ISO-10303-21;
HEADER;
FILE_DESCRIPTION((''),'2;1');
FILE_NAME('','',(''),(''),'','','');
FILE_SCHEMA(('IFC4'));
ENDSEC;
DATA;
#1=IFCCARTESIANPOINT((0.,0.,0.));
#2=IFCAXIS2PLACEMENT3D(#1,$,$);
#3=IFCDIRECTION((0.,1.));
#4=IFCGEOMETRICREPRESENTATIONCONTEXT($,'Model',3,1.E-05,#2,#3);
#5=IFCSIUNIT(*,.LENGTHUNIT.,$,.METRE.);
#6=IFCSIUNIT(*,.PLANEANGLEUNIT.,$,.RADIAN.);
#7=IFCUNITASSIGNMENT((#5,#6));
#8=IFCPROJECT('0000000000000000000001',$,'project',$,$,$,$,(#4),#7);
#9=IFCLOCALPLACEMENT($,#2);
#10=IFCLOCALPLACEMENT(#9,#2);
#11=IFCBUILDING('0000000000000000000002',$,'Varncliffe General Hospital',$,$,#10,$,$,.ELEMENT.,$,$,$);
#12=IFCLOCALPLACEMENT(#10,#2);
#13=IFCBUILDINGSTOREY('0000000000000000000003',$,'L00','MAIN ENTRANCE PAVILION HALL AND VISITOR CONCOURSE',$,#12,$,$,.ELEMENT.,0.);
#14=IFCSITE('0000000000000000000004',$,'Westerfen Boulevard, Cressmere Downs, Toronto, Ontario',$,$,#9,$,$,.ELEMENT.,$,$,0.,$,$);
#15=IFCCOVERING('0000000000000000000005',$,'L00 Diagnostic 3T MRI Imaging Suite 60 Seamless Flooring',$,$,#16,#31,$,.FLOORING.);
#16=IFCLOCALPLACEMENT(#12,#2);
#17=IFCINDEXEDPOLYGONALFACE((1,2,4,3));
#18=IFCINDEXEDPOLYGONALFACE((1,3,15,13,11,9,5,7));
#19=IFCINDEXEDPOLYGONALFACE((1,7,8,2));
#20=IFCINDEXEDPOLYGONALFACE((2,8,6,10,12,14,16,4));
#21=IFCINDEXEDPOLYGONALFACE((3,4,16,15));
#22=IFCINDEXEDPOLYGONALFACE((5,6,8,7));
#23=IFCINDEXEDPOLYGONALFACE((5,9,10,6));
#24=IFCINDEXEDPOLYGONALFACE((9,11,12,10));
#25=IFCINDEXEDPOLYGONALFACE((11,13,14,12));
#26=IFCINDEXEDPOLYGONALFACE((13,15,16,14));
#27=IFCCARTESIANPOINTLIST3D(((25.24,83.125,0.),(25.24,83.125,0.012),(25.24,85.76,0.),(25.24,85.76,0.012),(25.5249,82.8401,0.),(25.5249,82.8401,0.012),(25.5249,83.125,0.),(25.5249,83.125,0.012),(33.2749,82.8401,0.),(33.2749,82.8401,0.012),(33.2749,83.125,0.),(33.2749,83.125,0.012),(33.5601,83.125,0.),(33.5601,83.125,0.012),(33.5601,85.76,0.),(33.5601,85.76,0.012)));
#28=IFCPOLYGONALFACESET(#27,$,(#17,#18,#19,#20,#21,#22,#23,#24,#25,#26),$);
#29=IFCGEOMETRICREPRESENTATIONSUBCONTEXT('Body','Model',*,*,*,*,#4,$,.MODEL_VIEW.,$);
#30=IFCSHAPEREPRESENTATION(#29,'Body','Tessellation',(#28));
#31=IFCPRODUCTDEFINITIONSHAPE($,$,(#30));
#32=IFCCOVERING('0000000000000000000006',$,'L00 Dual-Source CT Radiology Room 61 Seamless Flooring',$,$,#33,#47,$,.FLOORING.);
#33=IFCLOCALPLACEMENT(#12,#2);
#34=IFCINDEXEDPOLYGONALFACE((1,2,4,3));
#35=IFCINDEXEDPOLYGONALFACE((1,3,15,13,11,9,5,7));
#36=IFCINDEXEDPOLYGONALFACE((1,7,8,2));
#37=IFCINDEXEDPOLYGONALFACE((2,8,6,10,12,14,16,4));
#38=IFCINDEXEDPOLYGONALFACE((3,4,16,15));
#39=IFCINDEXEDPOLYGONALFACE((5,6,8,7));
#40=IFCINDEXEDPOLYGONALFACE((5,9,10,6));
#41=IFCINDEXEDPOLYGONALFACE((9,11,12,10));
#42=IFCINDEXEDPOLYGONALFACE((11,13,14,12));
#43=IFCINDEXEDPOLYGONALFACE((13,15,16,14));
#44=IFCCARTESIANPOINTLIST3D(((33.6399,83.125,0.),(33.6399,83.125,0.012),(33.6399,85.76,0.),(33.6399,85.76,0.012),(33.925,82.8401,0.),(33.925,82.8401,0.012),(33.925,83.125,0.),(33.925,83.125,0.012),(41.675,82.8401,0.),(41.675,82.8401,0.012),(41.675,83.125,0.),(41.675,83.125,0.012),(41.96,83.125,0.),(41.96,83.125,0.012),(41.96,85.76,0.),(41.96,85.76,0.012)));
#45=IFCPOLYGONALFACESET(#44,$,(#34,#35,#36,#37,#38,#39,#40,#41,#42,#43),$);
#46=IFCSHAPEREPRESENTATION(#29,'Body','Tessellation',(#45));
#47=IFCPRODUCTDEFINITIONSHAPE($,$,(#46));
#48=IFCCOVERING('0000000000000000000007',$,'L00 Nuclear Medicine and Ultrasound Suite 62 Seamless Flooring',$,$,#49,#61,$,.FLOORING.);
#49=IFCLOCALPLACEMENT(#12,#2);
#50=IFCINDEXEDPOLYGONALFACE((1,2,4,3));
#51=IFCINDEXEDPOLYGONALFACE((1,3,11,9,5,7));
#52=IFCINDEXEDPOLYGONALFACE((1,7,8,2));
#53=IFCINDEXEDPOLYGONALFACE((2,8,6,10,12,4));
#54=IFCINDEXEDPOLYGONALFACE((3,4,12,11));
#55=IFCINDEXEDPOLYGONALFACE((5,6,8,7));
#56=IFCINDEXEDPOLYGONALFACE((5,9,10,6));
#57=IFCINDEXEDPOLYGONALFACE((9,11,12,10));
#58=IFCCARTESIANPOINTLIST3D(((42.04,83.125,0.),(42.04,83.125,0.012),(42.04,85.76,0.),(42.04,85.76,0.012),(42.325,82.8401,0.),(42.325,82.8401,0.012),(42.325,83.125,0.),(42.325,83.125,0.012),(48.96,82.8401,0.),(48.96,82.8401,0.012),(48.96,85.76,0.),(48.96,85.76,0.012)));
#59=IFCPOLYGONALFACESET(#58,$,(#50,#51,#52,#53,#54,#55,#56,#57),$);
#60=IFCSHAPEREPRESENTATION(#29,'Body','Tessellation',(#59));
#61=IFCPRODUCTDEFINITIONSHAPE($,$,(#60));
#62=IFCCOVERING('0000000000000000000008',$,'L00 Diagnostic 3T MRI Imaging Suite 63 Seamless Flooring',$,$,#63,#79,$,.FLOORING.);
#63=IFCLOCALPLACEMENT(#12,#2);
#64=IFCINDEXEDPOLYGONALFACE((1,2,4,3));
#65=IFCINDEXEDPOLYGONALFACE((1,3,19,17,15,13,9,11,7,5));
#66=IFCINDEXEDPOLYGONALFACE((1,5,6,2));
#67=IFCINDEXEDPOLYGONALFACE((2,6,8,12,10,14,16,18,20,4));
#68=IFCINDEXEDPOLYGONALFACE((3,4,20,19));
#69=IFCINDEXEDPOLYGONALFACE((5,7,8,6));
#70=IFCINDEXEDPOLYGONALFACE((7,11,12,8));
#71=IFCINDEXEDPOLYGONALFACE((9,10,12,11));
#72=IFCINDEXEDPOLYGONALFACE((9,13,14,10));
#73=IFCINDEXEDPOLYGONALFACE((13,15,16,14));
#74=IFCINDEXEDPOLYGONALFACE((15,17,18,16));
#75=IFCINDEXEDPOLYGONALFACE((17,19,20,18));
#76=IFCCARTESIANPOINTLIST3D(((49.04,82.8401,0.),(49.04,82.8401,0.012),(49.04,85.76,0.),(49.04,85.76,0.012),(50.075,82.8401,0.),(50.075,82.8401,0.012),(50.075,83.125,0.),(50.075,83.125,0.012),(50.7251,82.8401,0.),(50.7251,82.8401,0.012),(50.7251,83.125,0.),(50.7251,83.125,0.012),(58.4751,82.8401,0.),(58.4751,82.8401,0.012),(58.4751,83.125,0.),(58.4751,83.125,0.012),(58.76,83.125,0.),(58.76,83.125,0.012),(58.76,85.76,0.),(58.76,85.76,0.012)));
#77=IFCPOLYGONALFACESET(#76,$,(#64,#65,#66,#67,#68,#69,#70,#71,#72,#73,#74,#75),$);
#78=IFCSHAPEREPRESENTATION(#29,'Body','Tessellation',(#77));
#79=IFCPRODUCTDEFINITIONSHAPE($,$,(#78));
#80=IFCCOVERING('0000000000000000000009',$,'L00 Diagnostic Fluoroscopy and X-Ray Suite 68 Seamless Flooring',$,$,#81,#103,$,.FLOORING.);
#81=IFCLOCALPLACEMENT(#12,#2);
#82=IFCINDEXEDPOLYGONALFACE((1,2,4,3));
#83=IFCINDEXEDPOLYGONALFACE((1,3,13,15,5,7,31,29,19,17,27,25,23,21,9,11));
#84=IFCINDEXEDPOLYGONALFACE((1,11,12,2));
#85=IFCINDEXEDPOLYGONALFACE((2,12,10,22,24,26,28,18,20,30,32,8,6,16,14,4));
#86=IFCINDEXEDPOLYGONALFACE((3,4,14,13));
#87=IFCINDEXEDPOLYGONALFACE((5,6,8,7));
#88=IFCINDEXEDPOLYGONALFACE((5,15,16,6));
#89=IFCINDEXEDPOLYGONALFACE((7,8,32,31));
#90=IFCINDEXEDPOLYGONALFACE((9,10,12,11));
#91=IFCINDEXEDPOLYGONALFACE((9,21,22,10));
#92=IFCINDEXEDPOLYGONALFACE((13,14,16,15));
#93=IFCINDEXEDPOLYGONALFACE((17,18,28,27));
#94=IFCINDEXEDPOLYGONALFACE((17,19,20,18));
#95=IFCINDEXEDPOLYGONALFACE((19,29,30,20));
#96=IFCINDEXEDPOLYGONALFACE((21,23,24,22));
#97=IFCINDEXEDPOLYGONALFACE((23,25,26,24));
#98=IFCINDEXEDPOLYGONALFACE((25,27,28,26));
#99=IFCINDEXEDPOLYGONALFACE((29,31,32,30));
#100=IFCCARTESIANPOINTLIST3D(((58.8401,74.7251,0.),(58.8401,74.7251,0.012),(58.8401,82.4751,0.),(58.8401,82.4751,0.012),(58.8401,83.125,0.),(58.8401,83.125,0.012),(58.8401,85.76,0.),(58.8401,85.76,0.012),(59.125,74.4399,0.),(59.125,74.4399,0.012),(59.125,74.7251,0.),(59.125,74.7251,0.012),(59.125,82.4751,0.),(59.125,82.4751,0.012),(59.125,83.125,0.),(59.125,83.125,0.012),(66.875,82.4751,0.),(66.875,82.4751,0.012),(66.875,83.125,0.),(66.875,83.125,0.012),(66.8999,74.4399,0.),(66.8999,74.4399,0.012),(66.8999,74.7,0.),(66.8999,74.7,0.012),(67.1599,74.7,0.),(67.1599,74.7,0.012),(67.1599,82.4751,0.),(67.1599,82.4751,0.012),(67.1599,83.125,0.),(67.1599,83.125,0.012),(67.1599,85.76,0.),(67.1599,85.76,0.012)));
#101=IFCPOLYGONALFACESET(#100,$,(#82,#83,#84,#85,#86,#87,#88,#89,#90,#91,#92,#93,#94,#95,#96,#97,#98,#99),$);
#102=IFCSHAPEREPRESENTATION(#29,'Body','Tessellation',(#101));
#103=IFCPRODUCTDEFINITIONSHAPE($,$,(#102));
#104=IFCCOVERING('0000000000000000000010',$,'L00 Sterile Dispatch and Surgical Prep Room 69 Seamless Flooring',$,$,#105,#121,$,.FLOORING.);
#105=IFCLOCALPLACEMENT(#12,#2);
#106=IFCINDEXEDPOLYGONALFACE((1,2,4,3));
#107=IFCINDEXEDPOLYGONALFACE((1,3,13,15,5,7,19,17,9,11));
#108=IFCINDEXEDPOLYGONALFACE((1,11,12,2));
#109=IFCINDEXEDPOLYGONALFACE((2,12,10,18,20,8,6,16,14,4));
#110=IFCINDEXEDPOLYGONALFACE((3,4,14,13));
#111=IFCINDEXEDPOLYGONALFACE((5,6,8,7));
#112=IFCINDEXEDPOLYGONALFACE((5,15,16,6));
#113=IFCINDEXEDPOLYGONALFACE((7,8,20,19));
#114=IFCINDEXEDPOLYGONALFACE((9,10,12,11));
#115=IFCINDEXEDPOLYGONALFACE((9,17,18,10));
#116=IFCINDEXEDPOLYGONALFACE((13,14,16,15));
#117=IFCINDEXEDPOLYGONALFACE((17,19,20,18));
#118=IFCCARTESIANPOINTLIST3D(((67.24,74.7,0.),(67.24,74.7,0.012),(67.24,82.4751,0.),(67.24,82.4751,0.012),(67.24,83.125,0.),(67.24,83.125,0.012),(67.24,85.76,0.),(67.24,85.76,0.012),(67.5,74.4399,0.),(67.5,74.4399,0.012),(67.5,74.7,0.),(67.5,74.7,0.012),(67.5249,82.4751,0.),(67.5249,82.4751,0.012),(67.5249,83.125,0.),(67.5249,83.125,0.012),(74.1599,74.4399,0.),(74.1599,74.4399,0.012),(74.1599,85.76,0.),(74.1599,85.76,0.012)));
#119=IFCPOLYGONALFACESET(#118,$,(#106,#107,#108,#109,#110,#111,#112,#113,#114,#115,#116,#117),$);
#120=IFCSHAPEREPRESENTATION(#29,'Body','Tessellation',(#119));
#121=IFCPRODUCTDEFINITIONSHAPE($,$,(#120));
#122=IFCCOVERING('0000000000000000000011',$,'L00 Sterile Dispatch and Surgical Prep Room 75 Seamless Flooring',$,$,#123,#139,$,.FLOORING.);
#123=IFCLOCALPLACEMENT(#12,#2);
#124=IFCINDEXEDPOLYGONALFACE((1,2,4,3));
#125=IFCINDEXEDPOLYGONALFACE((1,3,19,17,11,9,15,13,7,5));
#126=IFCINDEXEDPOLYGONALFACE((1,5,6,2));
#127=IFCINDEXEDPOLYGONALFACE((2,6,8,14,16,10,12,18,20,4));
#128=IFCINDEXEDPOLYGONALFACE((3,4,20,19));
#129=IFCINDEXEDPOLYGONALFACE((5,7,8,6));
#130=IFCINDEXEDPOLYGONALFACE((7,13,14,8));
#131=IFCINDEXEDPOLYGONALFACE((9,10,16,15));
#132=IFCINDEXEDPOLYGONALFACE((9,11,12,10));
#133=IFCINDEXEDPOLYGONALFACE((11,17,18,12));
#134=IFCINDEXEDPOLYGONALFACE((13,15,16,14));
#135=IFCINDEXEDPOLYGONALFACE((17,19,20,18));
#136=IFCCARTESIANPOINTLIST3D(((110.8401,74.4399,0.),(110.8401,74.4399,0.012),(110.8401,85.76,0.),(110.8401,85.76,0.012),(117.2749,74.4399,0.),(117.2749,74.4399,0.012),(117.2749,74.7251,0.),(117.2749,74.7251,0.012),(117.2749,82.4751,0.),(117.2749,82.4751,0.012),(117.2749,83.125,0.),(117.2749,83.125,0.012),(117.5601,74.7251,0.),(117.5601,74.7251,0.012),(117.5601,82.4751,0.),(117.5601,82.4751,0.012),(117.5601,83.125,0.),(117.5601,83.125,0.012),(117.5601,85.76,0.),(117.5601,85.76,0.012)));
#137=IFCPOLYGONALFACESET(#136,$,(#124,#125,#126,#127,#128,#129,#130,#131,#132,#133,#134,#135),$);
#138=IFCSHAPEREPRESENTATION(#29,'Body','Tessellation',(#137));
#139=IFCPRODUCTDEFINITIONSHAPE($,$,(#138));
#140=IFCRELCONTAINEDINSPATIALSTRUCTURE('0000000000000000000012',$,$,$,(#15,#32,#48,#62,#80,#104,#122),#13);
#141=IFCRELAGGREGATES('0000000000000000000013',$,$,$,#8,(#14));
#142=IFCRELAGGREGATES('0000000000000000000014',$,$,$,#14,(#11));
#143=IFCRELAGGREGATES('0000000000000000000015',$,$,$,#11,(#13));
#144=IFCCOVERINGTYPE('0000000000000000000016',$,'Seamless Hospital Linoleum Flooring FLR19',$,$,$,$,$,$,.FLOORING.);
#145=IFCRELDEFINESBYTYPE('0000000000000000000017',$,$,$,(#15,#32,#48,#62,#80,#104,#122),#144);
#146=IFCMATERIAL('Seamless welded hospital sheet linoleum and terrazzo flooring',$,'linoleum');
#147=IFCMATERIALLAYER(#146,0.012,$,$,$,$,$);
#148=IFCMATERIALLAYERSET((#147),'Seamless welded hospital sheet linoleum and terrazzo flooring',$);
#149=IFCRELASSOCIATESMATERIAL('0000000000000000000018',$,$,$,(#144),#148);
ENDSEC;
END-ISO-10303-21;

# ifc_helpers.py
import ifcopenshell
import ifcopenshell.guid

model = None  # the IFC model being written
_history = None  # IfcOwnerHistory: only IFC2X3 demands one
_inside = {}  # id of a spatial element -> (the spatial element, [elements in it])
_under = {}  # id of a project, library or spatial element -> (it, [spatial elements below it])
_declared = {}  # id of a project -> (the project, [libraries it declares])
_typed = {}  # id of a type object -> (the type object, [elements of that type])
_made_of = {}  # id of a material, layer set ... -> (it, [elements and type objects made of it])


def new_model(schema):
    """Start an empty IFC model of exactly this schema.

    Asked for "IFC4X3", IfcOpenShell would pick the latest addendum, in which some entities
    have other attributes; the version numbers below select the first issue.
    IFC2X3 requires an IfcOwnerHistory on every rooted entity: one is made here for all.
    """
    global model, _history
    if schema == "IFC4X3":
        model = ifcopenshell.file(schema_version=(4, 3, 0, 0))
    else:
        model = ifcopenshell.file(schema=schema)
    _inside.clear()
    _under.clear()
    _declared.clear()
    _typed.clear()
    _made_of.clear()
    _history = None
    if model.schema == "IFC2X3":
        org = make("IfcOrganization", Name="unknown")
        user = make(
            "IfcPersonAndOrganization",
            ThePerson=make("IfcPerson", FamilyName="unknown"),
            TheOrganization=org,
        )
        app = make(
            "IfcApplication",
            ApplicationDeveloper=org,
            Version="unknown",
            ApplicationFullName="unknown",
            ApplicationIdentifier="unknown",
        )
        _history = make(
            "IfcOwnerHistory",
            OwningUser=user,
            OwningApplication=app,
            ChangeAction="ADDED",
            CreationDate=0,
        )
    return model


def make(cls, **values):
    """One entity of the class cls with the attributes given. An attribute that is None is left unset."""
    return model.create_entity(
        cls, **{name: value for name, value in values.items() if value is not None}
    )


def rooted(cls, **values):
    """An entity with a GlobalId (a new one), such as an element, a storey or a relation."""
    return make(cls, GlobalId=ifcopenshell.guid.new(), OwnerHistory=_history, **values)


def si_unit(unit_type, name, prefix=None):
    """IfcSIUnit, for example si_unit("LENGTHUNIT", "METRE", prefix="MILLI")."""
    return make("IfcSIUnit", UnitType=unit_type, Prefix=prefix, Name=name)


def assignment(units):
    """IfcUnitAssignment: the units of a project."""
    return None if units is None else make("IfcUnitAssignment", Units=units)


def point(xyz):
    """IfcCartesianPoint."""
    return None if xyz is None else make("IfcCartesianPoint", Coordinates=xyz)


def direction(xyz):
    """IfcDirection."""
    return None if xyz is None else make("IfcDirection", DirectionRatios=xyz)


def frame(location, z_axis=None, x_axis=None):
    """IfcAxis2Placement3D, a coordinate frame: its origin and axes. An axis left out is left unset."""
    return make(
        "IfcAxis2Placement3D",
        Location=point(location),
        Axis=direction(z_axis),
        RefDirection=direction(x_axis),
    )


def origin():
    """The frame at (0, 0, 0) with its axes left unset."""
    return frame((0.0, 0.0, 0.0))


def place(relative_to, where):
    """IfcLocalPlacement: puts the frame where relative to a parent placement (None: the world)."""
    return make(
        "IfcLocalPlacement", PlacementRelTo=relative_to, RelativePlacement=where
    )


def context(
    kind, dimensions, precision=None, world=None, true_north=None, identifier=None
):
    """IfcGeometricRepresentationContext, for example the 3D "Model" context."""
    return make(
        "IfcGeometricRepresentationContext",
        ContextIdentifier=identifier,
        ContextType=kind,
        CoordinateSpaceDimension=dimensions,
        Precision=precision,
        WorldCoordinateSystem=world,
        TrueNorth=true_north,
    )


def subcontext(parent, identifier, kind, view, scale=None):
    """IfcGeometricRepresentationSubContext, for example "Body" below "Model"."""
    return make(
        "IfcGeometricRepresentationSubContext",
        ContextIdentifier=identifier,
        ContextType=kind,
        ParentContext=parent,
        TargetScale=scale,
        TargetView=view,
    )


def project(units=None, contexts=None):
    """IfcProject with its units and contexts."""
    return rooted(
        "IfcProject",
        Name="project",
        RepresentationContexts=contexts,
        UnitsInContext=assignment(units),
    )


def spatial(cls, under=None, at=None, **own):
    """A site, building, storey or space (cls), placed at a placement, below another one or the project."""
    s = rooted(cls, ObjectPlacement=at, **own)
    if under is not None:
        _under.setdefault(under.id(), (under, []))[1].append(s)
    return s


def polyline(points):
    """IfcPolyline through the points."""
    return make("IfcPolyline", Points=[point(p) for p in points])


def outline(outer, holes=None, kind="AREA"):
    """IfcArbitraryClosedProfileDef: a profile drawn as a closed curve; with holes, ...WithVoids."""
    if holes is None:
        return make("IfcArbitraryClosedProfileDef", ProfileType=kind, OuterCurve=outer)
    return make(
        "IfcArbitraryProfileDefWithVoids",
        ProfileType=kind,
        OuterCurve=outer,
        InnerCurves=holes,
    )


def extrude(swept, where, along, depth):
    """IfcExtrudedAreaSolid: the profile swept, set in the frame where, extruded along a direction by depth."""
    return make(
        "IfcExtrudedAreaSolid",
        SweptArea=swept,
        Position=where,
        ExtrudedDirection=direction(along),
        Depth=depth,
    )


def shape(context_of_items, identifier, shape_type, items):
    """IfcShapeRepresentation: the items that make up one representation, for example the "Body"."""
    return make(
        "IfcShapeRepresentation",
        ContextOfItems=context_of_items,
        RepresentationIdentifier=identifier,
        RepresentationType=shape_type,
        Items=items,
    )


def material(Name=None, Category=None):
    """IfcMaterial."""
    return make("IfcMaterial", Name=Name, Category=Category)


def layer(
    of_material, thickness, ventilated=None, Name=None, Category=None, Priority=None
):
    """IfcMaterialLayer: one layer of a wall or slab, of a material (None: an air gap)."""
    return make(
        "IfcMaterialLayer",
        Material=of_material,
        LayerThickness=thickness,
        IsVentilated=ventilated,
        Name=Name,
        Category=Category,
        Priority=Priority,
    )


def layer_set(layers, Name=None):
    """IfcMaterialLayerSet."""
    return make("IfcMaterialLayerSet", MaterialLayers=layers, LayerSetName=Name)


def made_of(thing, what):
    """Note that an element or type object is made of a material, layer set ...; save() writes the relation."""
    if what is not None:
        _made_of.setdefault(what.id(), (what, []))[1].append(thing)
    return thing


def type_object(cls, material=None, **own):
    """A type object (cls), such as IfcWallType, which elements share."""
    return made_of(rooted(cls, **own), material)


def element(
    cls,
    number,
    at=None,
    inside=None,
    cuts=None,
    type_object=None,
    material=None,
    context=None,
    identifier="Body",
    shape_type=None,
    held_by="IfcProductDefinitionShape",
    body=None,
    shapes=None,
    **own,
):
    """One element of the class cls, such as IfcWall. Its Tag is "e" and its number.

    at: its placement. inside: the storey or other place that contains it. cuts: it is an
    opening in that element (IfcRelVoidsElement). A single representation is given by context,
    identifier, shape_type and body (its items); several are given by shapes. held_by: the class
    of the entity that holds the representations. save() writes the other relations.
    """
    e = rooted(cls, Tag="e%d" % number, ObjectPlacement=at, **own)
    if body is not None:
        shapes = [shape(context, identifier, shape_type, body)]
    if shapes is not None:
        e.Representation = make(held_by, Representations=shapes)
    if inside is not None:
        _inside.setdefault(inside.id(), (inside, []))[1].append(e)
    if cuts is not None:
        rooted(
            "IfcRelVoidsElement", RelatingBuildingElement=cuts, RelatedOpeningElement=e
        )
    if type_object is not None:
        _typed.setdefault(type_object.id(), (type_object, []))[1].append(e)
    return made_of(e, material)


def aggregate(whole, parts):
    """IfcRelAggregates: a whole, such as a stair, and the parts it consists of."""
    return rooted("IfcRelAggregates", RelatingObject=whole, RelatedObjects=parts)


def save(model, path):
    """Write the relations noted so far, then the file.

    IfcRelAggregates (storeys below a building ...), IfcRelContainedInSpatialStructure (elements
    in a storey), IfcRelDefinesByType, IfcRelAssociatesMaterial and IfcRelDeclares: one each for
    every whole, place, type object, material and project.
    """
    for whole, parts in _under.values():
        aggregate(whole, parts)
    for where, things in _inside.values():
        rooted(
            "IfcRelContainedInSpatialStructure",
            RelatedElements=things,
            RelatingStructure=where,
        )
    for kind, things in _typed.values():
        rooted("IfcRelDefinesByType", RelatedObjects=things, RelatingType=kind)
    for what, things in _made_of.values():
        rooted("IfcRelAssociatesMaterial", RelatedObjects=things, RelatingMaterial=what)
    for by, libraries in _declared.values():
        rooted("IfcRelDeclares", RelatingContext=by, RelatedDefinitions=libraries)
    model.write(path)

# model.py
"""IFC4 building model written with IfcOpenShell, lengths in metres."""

from ifc_helpers import new_model, si_unit, direction, origin, place, context, subcontext, project, spatial, polyline, outline, extrude, material, layer, layer_set, type_object, element, save


model = new_model("IFC4")

# Units and contexts
model_context = context("Model", 3, precision=1e-05, world=origin(), true_north=direction((0.0, 1.0)))
body_context = subcontext(model_context, "Body", "Model", "MODEL_VIEW")
ifc_project = project(units=[si_unit("LENGTHUNIT", "METRE"), si_unit("PLANEANGLEUNIT", "RADIAN")], contexts=[model_context])

# Site, building, storey
site_placement = place(None, origin())
site = spatial("IfcSite", under=ifc_project, at=site_placement, Name="Westerfen Boulevard, Cressmere Downs, Toronto, Ontario", CompositionType="ELEMENT", RefElevation=0.0)
building_placement = place(site_placement, origin())
building = spatial("IfcBuilding", under=site, at=building_placement, Name="Varncliffe General Hospital", CompositionType="ELEMENT")
storey_placement = place(building_placement, origin())
storey = spatial("IfcBuildingStorey", under=building, at=storey_placement, Name="L00", Description="MAIN ENTRANCE PAVILION HALL AND VISITOR CONCOURSE", CompositionType="ELEMENT", Elevation=0.0)

# Coverings
ifc_material_1 = material(Name="Seamless welded hospital sheet linoleum and terrazzo flooring", Category="linoleum")
ifc_layer_1 = layer(ifc_material_1, 0.012)
ifc_layer_set_1 = layer_set([ifc_layer_1], Name="Seamless welded hospital sheet linoleum and terrazzo flooring")
covering_type_1 = type_object("IfcCoveringType", Name="Seamless Hospital Linoleum Flooring FLR19", PredefinedType="FLOORING", material=ifc_layer_set_1)
covering_1_placement = place(storey_placement, origin())
element("IfcCovering", 1, at=covering_1_placement, inside=storey, type_object=covering_type_1, Name="L00 Diagnostic 3T MRI Imaging Suite 60 Seamless Flooring", PredefinedType="FLOORING", context=body_context, shape_type="SweptSolid", body=[
    extrude(outline(polyline([(33.5601, 85.76), (33.5601, 83.125), (33.2749, 83.125), (33.2749, 82.8401), (25.5249, 82.8401), (25.5249, 83.125), (25.24, 83.125), (25.24, 85.76), (33.5601, 85.76)])), origin(), (0.0, 0.0, 1.0), 0.012),
])
covering_2_placement = place(storey_placement, origin())
element("IfcCovering", 2, at=covering_2_placement, inside=storey, type_object=covering_type_1, Name="L00 Dual-Source CT Radiology Room 61 Seamless Flooring", PredefinedType="FLOORING", context=body_context, shape_type="SweptSolid", body=[
    extrude(outline(polyline([(41.96, 85.76), (41.96, 83.125), (41.675, 83.125), (41.675, 82.8401), (33.925, 82.8401), (33.925, 83.125), (33.6399, 83.125), (33.6399, 85.76), (41.96, 85.76)])), origin(), (0.0, 0.0, 1.0), 0.012),
])
covering_3_placement = place(storey_placement, origin())
element("IfcCovering", 3, at=covering_3_placement, inside=storey, type_object=covering_type_1, Name="L00 Nuclear Medicine and Ultrasound Suite 62 Seamless Flooring", PredefinedType="FLOORING", context=body_context, shape_type="SweptSolid", body=[
    extrude(outline(polyline([(42.04, 85.76), (48.96, 85.76), (48.96, 82.8401), (42.325, 82.8401), (42.325, 83.125), (42.04, 83.125), (42.04, 85.76)])), origin(), (0.0, 0.0, 1.0), 0.012),
])
covering_4_placement = place(storey_placement, origin())
element("IfcCovering", 4, at=covering_4_placement, inside=storey, type_object=covering_type_1, Name="L00 Diagnostic 3T MRI Imaging Suite 63 Seamless Flooring", PredefinedType="FLOORING", context=body_context, shape_type="SweptSolid", body=[
    extrude(outline(polyline([(49.04, 85.76), (58.76, 85.76), (58.76, 83.125), (58.4751, 83.125), (58.4751, 82.8401), (50.7251, 82.8401), (50.7251, 83.125), (50.075, 83.125), (50.075, 82.8401), (49.04, 82.8401), (49.04, 85.76)])), origin(), (0.0, 0.0, 1.0), 0.012),
])
covering_5_placement = place(storey_placement, origin())
element("IfcCovering", 5, at=covering_5_placement, inside=storey, type_object=covering_type_1, Name="L00 Diagnostic Fluoroscopy and X-Ray Suite 68 Seamless Flooring", PredefinedType="FLOORING", context=body_context, shape_type="SweptSolid", body=[
    extrude(outline(polyline([(66.8999, 74.7), (66.8999, 74.4399), (59.125, 74.4399), (59.125, 74.7251), (58.8401, 74.7251), (58.8401, 82.4751), (59.125, 82.4751), (59.125, 83.125), (58.8401, 83.125), (58.8401, 85.76), (67.1599, 85.76), (67.1599, 83.125), (66.875, 83.125), (66.875, 82.4751), (67.1599, 82.4751), (67.1599, 74.7), (66.8999, 74.7)])), origin(), (0.0, 0.0, 1.0), 0.012),
])
covering_6_placement = place(storey_placement, origin())
element("IfcCovering", 6, at=covering_6_placement, inside=storey, type_object=covering_type_1, Name="L00 Sterile Dispatch and Surgical Prep Room 69 Seamless Flooring", PredefinedType="FLOORING", context=body_context, shape_type="SweptSolid", body=[
    extrude(outline(polyline([(74.1599, 85.76), (74.1599, 74.4399), (67.5, 74.4399), (67.5, 74.7), (67.24, 74.7), (67.24, 82.4751), (67.5249, 82.4751), (67.5249, 83.125), (67.24, 83.125), (67.24, 85.76), (74.1599, 85.76)])), origin(), (0.0, 0.0, 1.0), 0.012),
])
covering_7_placement = place(storey_placement, origin())
element("IfcCovering", 7, at=covering_7_placement, inside=storey, type_object=covering_type_1, Name="L00 Sterile Dispatch and Surgical Prep Room 75 Seamless Flooring", PredefinedType="FLOORING", context=body_context, shape_type="SweptSolid", body=[
    extrude(outline(polyline([(110.8401, 85.76), (117.5601, 85.76), (117.5601, 83.125), (117.2749, 83.125), (117.2749, 82.4751), (117.5601, 82.4751), (117.5601, 74.7251), (117.2749, 74.7251), (117.2749, 74.4399), (110.8401, 74.4399), (110.8401, 85.76)])), origin(), (0.0, 0.0, 1.0), 0.012),
])

save(model, "model.ifc")
